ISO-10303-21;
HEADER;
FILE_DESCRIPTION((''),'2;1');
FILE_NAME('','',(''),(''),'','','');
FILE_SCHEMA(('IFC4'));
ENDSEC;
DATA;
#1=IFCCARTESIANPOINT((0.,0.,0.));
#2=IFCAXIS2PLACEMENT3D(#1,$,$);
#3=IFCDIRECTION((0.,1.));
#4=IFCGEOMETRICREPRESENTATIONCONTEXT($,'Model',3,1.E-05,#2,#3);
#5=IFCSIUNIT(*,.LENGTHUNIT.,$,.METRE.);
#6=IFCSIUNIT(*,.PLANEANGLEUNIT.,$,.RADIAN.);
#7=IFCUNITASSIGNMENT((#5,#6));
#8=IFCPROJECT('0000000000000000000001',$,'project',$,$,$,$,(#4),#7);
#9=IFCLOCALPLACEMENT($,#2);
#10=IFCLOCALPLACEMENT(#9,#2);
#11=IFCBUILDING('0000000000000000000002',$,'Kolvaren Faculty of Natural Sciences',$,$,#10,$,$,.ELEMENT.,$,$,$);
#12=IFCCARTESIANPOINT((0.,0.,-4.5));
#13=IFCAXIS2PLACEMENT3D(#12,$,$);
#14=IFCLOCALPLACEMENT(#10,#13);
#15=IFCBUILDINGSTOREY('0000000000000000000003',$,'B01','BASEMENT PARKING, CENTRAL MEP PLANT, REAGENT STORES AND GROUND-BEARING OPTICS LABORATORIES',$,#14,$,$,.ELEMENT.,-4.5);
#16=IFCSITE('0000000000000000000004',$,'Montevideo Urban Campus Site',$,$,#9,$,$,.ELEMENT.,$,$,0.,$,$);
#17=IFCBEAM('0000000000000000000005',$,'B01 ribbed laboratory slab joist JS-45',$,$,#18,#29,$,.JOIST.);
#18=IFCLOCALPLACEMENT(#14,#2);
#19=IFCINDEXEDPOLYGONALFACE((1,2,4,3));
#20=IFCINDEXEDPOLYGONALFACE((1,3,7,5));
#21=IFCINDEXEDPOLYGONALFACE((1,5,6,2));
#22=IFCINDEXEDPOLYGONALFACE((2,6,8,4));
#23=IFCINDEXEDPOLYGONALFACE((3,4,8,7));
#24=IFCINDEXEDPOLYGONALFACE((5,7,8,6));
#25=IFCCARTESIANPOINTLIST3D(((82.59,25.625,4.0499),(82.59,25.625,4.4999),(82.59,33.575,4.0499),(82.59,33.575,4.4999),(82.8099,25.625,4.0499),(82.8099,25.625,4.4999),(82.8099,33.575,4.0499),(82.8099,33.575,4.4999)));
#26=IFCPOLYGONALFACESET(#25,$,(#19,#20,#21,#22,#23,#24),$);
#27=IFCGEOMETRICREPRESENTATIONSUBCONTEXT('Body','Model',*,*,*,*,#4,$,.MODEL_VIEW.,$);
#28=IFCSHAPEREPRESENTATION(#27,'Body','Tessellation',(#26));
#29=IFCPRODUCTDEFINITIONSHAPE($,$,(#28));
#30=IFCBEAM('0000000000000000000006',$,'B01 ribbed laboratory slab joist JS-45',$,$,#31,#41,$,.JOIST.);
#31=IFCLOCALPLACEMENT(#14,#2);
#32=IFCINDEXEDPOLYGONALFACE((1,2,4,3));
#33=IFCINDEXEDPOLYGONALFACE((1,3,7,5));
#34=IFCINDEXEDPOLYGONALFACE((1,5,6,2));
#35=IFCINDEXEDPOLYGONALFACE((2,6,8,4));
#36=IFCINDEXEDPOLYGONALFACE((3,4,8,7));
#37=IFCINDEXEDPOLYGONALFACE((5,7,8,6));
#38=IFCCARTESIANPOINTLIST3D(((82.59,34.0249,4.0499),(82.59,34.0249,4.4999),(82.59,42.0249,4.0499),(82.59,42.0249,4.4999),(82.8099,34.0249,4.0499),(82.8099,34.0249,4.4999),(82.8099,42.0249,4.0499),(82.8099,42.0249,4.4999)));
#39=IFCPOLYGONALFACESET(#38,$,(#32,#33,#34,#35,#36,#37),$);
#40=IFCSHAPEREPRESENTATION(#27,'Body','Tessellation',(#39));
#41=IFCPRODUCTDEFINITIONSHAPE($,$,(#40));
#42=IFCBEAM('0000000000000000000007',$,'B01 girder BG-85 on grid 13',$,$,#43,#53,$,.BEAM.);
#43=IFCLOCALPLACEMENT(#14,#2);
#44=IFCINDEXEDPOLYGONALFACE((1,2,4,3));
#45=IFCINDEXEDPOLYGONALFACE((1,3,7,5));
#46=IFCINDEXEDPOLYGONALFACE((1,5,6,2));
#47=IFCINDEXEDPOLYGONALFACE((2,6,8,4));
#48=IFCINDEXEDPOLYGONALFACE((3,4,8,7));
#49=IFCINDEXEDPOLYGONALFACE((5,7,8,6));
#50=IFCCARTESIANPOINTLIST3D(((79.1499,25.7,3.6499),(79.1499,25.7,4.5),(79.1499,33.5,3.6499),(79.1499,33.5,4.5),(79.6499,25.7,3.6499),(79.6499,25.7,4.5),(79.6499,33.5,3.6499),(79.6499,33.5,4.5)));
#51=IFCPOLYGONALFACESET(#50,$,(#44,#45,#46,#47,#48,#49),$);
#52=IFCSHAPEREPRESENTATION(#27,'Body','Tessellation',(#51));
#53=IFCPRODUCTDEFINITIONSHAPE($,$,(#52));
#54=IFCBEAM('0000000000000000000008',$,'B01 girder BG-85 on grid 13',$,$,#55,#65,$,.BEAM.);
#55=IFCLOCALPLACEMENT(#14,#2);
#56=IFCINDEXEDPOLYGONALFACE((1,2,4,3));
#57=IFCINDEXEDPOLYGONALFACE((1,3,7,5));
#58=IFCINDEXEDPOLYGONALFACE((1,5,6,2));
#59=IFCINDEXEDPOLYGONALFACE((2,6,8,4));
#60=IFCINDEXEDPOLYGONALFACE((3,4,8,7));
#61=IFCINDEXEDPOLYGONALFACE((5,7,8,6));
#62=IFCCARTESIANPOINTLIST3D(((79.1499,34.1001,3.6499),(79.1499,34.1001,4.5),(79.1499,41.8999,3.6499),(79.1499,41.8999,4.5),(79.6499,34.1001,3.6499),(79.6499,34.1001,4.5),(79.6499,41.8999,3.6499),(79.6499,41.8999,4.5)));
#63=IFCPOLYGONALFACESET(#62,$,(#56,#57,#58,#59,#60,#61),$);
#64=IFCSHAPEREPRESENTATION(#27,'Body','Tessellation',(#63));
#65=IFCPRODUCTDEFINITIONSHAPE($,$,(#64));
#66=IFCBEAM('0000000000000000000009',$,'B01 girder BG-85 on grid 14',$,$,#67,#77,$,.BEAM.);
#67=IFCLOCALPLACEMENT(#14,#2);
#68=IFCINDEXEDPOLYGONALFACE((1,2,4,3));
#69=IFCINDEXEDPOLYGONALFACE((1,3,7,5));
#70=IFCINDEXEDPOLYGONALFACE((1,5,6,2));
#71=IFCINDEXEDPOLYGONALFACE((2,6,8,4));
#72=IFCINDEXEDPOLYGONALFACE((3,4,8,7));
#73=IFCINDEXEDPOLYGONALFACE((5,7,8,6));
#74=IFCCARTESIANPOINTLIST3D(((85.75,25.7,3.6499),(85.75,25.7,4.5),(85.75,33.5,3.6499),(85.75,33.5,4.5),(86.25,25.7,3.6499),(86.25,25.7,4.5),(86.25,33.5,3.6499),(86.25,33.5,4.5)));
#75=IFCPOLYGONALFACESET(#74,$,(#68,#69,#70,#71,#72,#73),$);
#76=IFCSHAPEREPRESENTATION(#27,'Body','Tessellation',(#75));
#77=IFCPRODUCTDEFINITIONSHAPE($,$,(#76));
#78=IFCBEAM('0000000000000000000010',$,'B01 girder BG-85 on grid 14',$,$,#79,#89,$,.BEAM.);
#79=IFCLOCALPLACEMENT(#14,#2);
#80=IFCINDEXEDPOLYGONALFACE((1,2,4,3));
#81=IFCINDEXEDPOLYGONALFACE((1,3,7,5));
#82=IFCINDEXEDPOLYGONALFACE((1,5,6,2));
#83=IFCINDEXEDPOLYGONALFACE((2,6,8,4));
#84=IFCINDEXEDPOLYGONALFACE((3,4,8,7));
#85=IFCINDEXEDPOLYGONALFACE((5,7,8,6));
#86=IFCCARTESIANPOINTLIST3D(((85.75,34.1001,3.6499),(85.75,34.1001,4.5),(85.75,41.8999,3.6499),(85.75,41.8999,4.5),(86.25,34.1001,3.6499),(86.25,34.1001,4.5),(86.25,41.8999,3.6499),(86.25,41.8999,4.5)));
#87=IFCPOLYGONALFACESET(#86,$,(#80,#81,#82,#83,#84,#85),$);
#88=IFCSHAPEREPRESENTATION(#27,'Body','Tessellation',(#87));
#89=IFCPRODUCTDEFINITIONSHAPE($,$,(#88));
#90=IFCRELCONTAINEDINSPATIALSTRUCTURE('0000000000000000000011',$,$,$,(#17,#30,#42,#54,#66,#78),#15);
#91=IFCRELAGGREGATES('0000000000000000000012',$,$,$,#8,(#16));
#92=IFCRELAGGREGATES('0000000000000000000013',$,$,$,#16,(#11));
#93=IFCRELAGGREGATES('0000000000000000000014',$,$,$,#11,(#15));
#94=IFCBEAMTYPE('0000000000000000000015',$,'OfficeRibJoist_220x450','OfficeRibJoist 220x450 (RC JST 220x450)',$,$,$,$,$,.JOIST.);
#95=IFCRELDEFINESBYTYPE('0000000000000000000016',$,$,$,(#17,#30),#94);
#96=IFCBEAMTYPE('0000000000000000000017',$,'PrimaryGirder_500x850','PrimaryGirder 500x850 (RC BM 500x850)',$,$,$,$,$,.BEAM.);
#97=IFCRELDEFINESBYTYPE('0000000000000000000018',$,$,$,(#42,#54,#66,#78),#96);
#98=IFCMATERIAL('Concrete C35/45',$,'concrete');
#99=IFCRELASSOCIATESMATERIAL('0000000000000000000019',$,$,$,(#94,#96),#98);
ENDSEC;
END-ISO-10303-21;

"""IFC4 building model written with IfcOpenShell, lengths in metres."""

from ifc_helpers import new_model, si_unit, direction, frame, origin, origin_2d, place, context, subcontext, project, spatial, rectangle, extrude, material, material_profile, profile_set, type_object, element, save


model = new_model("IFC4")

# Units and contexts
model_context = context("Model", 3, precision=1e-05, world=origin(), true_north=direction((0.0, 1.0)))
body_context = subcontext(model_context, "Body", "Model", "MODEL_VIEW")
ifc_project = project(units=[si_unit("LENGTHUNIT", "METRE"), si_unit("PLANEANGLEUNIT", "RADIAN")], contexts=[model_context])

# Site, building, storey
site_placement = place(None, origin())
site = spatial("IfcSite", under=ifc_project, at=site_placement, Name="Montevideo Urban Campus Site", CompositionType="ELEMENT", RefElevation=0.0)
building_placement = place(site_placement, origin())
building = spatial("IfcBuilding", under=site, at=building_placement, Name="Kolvaren Faculty of Natural Sciences", CompositionType="ELEMENT")
storey_placement = place(building_placement, frame((0.0, 0.0, -4.5)))
storey = spatial("IfcBuildingStorey", under=building, at=storey_placement, Name="B01", Description="BASEMENT PARKING, CENTRAL MEP PLANT, REAGENT STORES AND GROUND-BEARING OPTICS LABORATORIES", CompositionType="ELEMENT", Elevation=-4.5)

# Shared definitions
ifc_material = material(Name="Concrete C35/45", Category="concrete")

# Beams
ifc_material_profile_1 = material_profile(ifc_material, rectangle(XDim=0.22, YDim=0.45, at=origin_2d()), Name="RC JST 220x450")
ifc_profile_set_1 = profile_set([ifc_material_profile_1], Name="Concrete C35/45")
beam_type_1 = type_object("IfcBeamType", Name="OfficeRibJoist_220x450", Description="OfficeRibJoist 220x450 (RC JST 220x450)", PredefinedType="JOIST", material=ifc_profile_set_1)
beam_1_placement = place(storey_placement, frame((82.7, 25.625, 4.2749), z_axis=(0.0, 1.0, 0.0), x_axis=(-1.0, 0.0, 0.0)))
element("IfcBeam", 1, at=beam_1_placement, inside=storey, type_object=beam_type_1, Name="B01 ribbed laboratory slab joist JS-45", PredefinedType="JOIST", context=body_context, shape_type="SweptSolid", body=[
    extrude(rectangle(XDim=0.22, YDim=0.45, at=origin_2d()), origin(), (0.0, 0.0, 1.0), 7.95),
])
beam_2_placement = place(storey_placement, frame((82.7, 34.0249, 4.2749), z_axis=(0.0, 1.0, 0.0), x_axis=(-1.0, 0.0, 0.0)))
element("IfcBeam", 2, at=beam_2_placement, inside=storey, type_object=beam_type_1, Name="B01 ribbed laboratory slab joist JS-45", PredefinedType="JOIST", context=body_context, shape_type="SweptSolid", body=[
    extrude(rectangle(XDim=0.22, YDim=0.45, at=origin_2d()), origin(), (0.0, 0.0, 1.0), 8.0),
])
ifc_material_profile_2 = material_profile(ifc_material, rectangle(XDim=0.5, YDim=0.8501, at=origin_2d()), Name="RC BM 500x850")
ifc_profile_set_2 = profile_set([ifc_material_profile_2], Name="Concrete C35/45")
beam_type_2 = type_object("IfcBeamType", Name="PrimaryGirder_500x850", Description="PrimaryGirder 500x850 (RC BM 500x850)", PredefinedType="BEAM", material=ifc_profile_set_2)
beam_3_placement = place(storey_placement, frame((79.3999, 25.7, 4.075), z_axis=(0.0, 1.0, 0.0), x_axis=(-1.0, 0.0, 0.0)))
element("IfcBeam", 3, at=beam_3_placement, inside=storey, type_object=beam_type_2, Name="B01 girder BG-85 on grid 13", PredefinedType="BEAM", context=body_context, shape_type="SweptSolid", body=[
    extrude(rectangle(XDim=0.5, YDim=0.8501, at=origin_2d()), origin(), (0.0, 0.0, 1.0), 7.8),
])
beam_4_placement = place(storey_placement, frame((79.3999, 34.1001, 4.075), z_axis=(0.0, 1.0, 0.0), x_axis=(-1.0, 0.0, 0.0)))
element("IfcBeam", 4, at=beam_4_placement, inside=storey, type_object=beam_type_2, Name="B01 girder BG-85 on grid 13", PredefinedType="BEAM", context=body_context, shape_type="SweptSolid", body=[
    extrude(rectangle(XDim=0.5, YDim=0.8501, at=origin_2d()), origin(), (0.0, 0.0, 1.0), 7.7998),
])
beam_5_placement = place(storey_placement, frame((86.0, 25.7, 4.075), z_axis=(0.0, 1.0, 0.0), x_axis=(-1.0, 0.0, 0.0)))
element("IfcBeam", 5, at=beam_5_placement, inside=storey, type_object=beam_type_2, Name="B01 girder BG-85 on grid 14", PredefinedType="BEAM", context=body_context, shape_type="SweptSolid", body=[
    extrude(rectangle(XDim=0.5, YDim=0.8501, at=origin_2d()), origin(), (0.0, 0.0, 1.0), 7.8),
])
beam_6_placement = place(storey_placement, frame((86.0, 34.1001, 4.075), z_axis=(0.0, 1.0, 0.0), x_axis=(-1.0, 0.0, 0.0)))
element("IfcBeam", 6, at=beam_6_placement, inside=storey, type_object=beam_type_2, Name="B01 girder BG-85 on grid 14", PredefinedType="BEAM", context=body_context, shape_type="SweptSolid", body=[
    extrude(rectangle(XDim=0.5, YDim=0.8501, at=origin_2d()), origin(), (0.0, 0.0, 1.0), 7.7998),
])

save(model, "model.ifc")
